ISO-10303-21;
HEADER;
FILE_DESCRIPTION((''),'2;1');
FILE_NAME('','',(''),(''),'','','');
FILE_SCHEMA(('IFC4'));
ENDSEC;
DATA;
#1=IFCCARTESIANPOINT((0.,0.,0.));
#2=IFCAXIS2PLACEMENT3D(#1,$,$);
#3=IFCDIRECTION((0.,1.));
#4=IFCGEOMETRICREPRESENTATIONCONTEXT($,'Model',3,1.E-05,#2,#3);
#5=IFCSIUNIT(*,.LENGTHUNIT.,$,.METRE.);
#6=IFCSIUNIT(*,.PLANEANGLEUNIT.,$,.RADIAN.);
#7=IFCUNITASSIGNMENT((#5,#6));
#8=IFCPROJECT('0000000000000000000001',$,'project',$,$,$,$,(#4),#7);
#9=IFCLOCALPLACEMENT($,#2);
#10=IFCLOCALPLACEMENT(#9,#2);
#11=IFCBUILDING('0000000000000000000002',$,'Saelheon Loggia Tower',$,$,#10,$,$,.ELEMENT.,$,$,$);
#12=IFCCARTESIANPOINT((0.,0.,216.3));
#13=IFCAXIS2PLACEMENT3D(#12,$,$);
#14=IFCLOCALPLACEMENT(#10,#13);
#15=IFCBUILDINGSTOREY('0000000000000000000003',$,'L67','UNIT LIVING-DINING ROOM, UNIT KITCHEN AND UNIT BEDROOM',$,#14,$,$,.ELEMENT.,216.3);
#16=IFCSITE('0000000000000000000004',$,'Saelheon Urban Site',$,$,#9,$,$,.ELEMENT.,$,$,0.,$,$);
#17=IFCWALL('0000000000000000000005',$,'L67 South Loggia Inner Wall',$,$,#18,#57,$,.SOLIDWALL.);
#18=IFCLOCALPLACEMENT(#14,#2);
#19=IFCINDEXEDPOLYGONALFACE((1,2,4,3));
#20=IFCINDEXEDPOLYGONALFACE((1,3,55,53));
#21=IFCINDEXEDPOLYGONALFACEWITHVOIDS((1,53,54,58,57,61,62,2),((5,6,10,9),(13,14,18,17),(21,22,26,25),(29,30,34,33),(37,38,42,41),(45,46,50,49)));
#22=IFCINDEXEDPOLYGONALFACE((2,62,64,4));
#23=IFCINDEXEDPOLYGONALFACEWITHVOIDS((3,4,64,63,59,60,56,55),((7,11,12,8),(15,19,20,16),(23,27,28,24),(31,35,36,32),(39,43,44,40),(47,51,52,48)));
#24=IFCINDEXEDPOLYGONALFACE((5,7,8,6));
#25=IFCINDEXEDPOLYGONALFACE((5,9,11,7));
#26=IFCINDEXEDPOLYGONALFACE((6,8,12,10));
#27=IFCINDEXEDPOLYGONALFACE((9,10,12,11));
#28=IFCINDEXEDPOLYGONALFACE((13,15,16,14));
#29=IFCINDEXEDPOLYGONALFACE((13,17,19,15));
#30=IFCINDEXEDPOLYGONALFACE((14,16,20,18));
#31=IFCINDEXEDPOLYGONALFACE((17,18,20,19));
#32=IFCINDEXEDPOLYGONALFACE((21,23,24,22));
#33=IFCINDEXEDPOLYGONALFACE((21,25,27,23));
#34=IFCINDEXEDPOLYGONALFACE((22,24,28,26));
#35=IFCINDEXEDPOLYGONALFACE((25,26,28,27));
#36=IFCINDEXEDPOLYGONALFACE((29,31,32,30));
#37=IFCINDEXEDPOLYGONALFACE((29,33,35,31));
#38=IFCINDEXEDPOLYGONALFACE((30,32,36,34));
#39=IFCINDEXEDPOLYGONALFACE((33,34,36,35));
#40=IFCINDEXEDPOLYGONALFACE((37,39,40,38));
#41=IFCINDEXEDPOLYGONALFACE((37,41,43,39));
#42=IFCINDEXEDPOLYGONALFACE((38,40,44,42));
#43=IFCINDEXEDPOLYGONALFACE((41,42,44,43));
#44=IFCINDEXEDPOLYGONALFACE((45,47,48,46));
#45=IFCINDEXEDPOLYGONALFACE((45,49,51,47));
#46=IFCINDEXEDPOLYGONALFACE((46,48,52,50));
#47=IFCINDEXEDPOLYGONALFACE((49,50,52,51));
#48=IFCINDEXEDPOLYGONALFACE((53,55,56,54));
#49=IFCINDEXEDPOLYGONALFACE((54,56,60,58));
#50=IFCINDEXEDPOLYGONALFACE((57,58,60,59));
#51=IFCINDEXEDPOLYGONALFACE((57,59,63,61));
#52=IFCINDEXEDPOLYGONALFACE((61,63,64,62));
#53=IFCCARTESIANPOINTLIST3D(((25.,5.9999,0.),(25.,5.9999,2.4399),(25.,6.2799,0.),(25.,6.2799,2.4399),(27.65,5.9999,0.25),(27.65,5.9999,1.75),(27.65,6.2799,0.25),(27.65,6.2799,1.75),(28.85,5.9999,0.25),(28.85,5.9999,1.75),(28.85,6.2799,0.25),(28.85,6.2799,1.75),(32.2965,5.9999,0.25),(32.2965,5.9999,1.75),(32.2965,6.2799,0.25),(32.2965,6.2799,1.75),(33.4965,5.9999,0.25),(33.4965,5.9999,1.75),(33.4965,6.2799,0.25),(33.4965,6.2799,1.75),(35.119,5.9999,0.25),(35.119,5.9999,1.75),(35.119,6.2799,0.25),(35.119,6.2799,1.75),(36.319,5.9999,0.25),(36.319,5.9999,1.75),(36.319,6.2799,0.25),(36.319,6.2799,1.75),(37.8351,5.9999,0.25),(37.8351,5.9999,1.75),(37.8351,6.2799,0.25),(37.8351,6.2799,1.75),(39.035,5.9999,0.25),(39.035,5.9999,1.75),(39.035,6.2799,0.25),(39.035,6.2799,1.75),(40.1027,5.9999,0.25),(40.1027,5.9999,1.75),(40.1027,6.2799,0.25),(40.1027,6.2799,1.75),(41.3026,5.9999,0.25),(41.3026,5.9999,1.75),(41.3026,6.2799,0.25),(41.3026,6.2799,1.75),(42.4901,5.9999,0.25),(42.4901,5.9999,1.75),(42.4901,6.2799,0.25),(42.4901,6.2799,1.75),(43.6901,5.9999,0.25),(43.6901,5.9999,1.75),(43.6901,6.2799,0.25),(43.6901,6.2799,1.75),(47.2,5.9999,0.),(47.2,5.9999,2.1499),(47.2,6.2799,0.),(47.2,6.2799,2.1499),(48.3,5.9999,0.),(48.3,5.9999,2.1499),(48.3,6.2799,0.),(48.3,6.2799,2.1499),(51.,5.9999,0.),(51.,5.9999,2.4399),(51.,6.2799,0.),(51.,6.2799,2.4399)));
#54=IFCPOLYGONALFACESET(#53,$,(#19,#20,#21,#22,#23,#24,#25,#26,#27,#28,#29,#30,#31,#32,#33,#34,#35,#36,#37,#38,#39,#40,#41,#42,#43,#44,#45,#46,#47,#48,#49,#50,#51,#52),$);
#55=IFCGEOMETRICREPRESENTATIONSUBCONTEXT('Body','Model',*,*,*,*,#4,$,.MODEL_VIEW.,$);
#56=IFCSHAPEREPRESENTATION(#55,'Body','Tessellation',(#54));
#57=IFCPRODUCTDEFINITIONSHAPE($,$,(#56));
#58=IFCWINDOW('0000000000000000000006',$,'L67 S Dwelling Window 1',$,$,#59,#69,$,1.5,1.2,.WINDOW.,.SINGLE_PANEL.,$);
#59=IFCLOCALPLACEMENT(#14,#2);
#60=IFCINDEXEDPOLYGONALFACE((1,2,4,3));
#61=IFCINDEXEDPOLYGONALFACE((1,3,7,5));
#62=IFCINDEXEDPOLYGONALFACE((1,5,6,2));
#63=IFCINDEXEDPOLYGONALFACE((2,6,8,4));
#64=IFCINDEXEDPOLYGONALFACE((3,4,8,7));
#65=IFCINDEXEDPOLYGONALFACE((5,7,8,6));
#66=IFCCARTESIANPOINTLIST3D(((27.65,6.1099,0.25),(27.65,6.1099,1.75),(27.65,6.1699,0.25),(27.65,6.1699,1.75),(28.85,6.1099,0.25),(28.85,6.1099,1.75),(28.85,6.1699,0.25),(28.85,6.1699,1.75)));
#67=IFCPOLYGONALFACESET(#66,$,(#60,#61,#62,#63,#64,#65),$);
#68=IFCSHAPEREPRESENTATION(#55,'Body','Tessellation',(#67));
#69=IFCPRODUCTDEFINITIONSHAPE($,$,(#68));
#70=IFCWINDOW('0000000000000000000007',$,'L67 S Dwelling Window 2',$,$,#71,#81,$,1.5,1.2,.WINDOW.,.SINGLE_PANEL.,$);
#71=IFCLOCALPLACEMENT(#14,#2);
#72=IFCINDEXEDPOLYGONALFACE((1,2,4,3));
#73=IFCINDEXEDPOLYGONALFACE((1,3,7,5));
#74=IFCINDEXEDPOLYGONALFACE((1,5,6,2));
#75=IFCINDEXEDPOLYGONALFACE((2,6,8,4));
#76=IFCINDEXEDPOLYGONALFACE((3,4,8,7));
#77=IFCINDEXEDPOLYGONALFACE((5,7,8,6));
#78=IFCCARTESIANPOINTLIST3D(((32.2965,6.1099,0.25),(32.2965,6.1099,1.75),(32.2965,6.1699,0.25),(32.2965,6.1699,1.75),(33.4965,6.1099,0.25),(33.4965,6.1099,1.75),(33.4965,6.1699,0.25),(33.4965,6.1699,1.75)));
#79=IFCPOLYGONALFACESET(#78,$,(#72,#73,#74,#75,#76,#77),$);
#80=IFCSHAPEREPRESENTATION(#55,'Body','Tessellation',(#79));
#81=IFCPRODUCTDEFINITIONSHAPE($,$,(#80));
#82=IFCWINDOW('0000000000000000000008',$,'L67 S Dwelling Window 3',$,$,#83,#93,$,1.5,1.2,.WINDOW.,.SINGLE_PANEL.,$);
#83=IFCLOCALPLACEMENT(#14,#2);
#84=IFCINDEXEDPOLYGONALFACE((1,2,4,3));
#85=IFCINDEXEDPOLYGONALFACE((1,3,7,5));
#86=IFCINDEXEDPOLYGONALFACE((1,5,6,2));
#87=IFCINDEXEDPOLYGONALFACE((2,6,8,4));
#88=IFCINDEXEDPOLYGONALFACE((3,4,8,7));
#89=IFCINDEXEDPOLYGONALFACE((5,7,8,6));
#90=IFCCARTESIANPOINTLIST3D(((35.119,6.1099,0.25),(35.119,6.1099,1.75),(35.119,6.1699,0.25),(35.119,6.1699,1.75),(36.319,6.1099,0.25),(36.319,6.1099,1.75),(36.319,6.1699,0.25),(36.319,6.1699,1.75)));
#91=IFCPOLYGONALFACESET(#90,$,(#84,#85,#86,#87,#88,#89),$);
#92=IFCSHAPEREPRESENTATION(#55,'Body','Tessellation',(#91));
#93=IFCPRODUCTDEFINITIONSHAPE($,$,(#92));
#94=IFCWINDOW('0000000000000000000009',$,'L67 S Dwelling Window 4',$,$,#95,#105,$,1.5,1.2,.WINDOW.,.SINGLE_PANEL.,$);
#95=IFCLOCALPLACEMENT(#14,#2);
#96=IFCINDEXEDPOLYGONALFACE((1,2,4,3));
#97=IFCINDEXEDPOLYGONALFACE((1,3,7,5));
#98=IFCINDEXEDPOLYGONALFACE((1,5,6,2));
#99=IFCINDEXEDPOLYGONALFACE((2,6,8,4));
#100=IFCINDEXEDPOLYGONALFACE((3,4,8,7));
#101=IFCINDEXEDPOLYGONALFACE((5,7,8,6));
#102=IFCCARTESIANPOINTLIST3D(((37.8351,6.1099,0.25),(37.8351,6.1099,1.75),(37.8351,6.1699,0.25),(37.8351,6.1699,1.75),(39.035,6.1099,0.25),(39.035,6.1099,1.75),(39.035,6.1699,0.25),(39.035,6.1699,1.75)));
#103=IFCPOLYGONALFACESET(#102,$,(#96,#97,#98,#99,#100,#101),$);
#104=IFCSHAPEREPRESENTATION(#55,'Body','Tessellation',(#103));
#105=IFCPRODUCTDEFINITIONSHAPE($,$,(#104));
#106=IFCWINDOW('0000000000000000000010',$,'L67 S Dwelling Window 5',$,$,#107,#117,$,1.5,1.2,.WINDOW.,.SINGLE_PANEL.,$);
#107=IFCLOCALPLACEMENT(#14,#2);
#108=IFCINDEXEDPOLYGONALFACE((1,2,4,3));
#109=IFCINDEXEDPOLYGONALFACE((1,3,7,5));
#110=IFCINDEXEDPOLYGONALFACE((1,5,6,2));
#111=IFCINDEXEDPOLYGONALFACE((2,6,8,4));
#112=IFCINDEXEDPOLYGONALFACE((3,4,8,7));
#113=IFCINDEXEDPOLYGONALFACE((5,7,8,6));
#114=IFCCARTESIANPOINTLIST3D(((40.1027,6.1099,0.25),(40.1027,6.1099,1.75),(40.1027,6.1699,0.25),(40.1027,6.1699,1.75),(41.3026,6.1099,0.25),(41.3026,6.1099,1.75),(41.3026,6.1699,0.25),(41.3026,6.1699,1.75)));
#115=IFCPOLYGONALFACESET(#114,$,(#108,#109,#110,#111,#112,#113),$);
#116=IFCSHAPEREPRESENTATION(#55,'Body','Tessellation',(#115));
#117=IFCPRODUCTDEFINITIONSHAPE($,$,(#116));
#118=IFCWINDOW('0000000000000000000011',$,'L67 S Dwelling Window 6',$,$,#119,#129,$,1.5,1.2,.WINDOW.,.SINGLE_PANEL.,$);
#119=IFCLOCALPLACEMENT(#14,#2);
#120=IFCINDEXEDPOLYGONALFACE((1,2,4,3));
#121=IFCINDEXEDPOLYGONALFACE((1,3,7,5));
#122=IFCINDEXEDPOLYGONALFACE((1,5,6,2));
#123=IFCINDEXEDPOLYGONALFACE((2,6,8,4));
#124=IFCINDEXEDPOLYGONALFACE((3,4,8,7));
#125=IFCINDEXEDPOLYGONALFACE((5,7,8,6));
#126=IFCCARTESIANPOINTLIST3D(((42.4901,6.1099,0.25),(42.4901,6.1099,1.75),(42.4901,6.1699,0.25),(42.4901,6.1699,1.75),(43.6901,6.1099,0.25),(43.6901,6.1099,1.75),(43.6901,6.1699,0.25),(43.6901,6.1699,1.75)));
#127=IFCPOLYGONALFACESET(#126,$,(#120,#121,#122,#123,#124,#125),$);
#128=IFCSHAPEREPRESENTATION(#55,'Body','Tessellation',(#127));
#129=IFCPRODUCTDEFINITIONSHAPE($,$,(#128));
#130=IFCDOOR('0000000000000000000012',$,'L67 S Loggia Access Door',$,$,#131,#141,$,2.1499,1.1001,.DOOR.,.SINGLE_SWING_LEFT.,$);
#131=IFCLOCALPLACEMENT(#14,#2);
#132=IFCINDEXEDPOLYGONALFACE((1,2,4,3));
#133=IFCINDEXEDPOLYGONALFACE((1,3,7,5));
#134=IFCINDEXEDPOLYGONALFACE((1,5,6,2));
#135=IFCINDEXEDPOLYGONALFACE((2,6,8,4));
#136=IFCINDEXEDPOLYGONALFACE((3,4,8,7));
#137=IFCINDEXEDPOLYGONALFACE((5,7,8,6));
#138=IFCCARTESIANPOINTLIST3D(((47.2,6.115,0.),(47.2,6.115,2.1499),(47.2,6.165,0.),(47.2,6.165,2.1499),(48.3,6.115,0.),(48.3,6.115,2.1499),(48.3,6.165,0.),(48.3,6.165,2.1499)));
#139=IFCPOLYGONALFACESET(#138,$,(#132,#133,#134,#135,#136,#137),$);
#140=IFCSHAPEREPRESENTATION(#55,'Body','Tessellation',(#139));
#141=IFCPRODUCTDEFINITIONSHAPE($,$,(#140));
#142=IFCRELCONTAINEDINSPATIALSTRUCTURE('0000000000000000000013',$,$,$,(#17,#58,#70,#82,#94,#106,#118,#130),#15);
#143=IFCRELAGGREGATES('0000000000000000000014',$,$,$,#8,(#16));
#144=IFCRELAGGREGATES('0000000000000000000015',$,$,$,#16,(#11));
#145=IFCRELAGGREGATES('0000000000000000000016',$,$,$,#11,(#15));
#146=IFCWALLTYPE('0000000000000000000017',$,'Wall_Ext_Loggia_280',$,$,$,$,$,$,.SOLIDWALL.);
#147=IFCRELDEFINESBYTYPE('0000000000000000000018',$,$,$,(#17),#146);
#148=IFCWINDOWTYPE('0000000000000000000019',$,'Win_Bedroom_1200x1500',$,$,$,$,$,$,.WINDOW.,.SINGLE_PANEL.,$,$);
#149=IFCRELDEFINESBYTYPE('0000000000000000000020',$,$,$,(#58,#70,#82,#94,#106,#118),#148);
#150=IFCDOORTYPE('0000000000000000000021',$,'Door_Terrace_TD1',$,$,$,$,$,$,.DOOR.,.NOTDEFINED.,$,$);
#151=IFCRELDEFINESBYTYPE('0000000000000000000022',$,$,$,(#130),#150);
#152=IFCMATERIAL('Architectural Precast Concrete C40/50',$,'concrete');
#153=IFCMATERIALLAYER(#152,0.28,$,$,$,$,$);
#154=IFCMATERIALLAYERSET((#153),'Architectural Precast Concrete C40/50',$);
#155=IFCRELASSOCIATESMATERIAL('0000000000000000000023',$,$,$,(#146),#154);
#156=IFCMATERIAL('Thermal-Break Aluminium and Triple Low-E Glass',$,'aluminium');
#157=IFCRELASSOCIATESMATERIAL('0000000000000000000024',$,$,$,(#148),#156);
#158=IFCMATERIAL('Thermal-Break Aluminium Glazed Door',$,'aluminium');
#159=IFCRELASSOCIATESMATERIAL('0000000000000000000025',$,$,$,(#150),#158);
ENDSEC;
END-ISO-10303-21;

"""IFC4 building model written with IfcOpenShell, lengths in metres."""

from ifc_helpers import new_model, si_unit, direction, frame, frame_2d, origin, place, context, subcontext, project, spatial, rectangle, extrude, source, transform, mapped, material, layer, layer_set, type_object, element, fill, save


model = new_model("IFC4")

# Units and contexts
model_context = context("Model", 3, precision=1e-05, world=origin(), true_north=direction((0.0, 1.0)))
body_context = subcontext(model_context, "Body", "Model", "MODEL_VIEW")
ifc_project = project(units=[si_unit("LENGTHUNIT", "METRE"), si_unit("PLANEANGLEUNIT", "RADIAN")], contexts=[model_context])

# Site, building, storey
site_placement = place(None, origin())
site = spatial("IfcSite", under=ifc_project, at=site_placement, Name="Saelheon Urban Site", CompositionType="ELEMENT", RefElevation=0.0)
building_placement = place(site_placement, origin())
building = spatial("IfcBuilding", under=site, at=building_placement, Name="Saelheon Loggia Tower", CompositionType="ELEMENT")
storey_placement = place(building_placement, frame((0.0, 0.0, 216.3)))
storey = spatial("IfcBuildingStorey", under=building, at=storey_placement, Name="L67", Description="UNIT LIVING-DINING ROOM, UNIT KITCHEN AND UNIT BEDROOM", CompositionType="ELEMENT", Elevation=216.3)

# Wall, openings, windows, door
ifc_material_1 = material(Name="Architectural Precast Concrete C40/50", Category="concrete")
ifc_layer_1 = layer(ifc_material_1, 0.28)
ifc_layer_set_1 = layer_set([ifc_layer_1], Name="Architectural Precast Concrete C40/50")
wall_type = type_object("IfcWallType", Name="Wall_Ext_Loggia_280", PredefinedType="SOLIDWALL", material=ifc_layer_set_1)
wall_placement = place(storey_placement, frame((25.0, 6.1399, 0.0), z_axis=(0.0, 0.0, 1.0), x_axis=(1.0, 0.0, 0.0)))
wall = element("IfcWall", 1, at=wall_placement, inside=storey, type_object=wall_type, Name="L67 South Loggia Inner Wall", PredefinedType="SOLIDWALL", context=body_context, shape_type="SweptSolid", body=[
    extrude(rectangle(XDim=26.0, YDim=0.28, at=frame_2d((13.0, 0.0))), origin(), (0.0, 0.0, 1.0), 2.4399),
])
opening_1_placement = place(wall_placement, frame((2.6499, 0.0, 0.25)))
opening_1 = element("IfcOpeningElement", 2, at=opening_1_placement, cuts=wall, PredefinedType="OPENING", context=body_context, shape_type="SweptSolid", body=[
    extrude(rectangle(XDim=1.2, YDim=1.5, at=frame_2d((0.6001, 0.75))), frame((0.0, 0.1521, 0.0), z_axis=(0.0, -1.0, 0.0), x_axis=(1.0, 0.0, 0.0)), (0.0, 0.0, 1.0), 0.304),
])
opening_2_placement = place(wall_placement, frame((7.2964, 0.0, 0.25)))
opening_2 = element("IfcOpeningElement", 3, at=opening_2_placement, cuts=wall, PredefinedType="OPENING", context=body_context, shape_type="SweptSolid", body=[
    extrude(rectangle(XDim=1.2, YDim=1.5, at=frame_2d((0.6001, 0.75))), frame((0.0, 0.1521, 0.0), z_axis=(0.0, -1.0, 0.0), x_axis=(1.0, 0.0, 0.0)), (0.0, 0.0, 1.0), 0.304),
])
opening_3_placement = place(wall_placement, frame((10.1189, 0.0, 0.25)))
opening_3 = element("IfcOpeningElement", 4, at=opening_3_placement, cuts=wall, PredefinedType="OPENING", context=body_context, shape_type="SweptSolid", body=[
    extrude(rectangle(XDim=1.2, YDim=1.5, at=frame_2d((0.6001, 0.75))), frame((0.0, 0.1521, 0.0), z_axis=(0.0, -1.0, 0.0), x_axis=(1.0, 0.0, 0.0)), (0.0, 0.0, 1.0), 0.304),
])
opening_4_placement = place(wall_placement, frame((12.835, 0.0, 0.25)))
opening_4 = element("IfcOpeningElement", 5, at=opening_4_placement, cuts=wall, PredefinedType="OPENING", context=body_context, shape_type="SweptSolid", body=[
    extrude(rectangle(XDim=1.2, YDim=1.5, at=frame_2d((0.6001, 0.75))), frame((0.0, 0.1521, 0.0), z_axis=(0.0, -1.0, 0.0), x_axis=(1.0, 0.0, 0.0)), (0.0, 0.0, 1.0), 0.304),
])
opening_5_placement = place(wall_placement, frame((15.1025, 0.0, 0.25)))
opening_5 = element("IfcOpeningElement", 6, at=opening_5_placement, cuts=wall, PredefinedType="OPENING", context=body_context, shape_type="SweptSolid", body=[
    extrude(rectangle(XDim=1.2, YDim=1.5, at=frame_2d((0.6001, 0.75))), frame((0.0, 0.1521, 0.0), z_axis=(0.0, -1.0, 0.0), x_axis=(1.0, 0.0, 0.0)), (0.0, 0.0, 1.0), 0.304),
])
opening_6_placement = place(wall_placement, frame((17.49, 0.0, 0.25)))
opening_6 = element("IfcOpeningElement", 7, at=opening_6_placement, cuts=wall, PredefinedType="OPENING", context=body_context, shape_type="SweptSolid", body=[
    extrude(rectangle(XDim=1.2, YDim=1.5, at=frame_2d((0.6001, 0.75))), frame((0.0, 0.1521, 0.0), z_axis=(0.0, -1.0, 0.0), x_axis=(1.0, 0.0, 0.0)), (0.0, 0.0, 1.0), 0.304),
])
opening_7_placement = place(wall_placement, frame((23.3, 0.0, 0.0), z_axis=(0.0, 0.0, 1.0), x_axis=(-1.0, 0.0, 0.0)))
opening_7 = element("IfcOpeningElement", 8, at=opening_7_placement, cuts=wall, PredefinedType="OPENING", context=body_context, shape_type="SweptSolid", body=[
    extrude(rectangle(XDim=1.1001, YDim=2.1499, at=frame_2d((0.55, 1.075))), frame((0.0, 0.1521, 0.0), z_axis=(0.0, -1.0, 0.0), x_axis=(1.0, 0.0, 0.0)), (0.0, 0.0, 1.0), 0.304),
])
ifc_material_2 = material(Name="Thermal-Break Aluminium and Triple Low-E Glass", Category="aluminium")
window_type = type_object("IfcWindowType", Name="Win_Bedroom_1200x1500", PartitioningType="SINGLE_PANEL", PredefinedType="WINDOW", material=ifc_material_2)
shared_shape_1 = source(origin(), body_context, "Body", "SweptSolid", [
    extrude(rectangle(XDim=1.2, YDim=1.5, at=frame_2d((0.6001, 0.75))), frame((0.0, 0.03, 0.0), z_axis=(0.0, -1.0, 0.0), x_axis=(1.0, 0.0, 0.0)), (0.0, 0.0, 1.0), 0.0601),
])
window_1_placement = place(opening_1_placement, origin())
window_1 = element("IfcWindow", 9, at=window_1_placement, inside=storey, type_object=window_type, Name="L67 S Dwelling Window 1", OverallHeight=1.5, OverallWidth=1.2, PartitioningType="SINGLE_PANEL", PredefinedType="WINDOW", context=body_context, shape_type="MappedRepresentation", body=[
    mapped(shared_shape_1, transform((0.0, 0.0, 0.0), scale=1.0)),
])
fill(opening_1, window_1)
window_2_placement = place(opening_2_placement, origin())
window_2 = element("IfcWindow", 10, at=window_2_placement, inside=storey, type_object=window_type, Name="L67 S Dwelling Window 2", OverallHeight=1.5, OverallWidth=1.2, PartitioningType="SINGLE_PANEL", PredefinedType="WINDOW", context=body_context, shape_type="MappedRepresentation", body=[
    mapped(shared_shape_1, transform((0.0, 0.0, 0.0), scale=1.0)),
])
fill(opening_2, window_2)
window_3_placement = place(opening_3_placement, origin())
window_3 = element("IfcWindow", 11, at=window_3_placement, inside=storey, type_object=window_type, Name="L67 S Dwelling Window 3", OverallHeight=1.5, OverallWidth=1.2, PartitioningType="SINGLE_PANEL", PredefinedType="WINDOW", context=body_context, shape_type="MappedRepresentation", body=[
    mapped(shared_shape_1, transform((0.0, 0.0, 0.0), scale=1.0)),
])
fill(opening_3, window_3)
window_4_placement = place(opening_4_placement, origin())
window_4 = element("IfcWindow", 12, at=window_4_placement, inside=storey, type_object=window_type, Name="L67 S Dwelling Window 4", OverallHeight=1.5, OverallWidth=1.2, PartitioningType="SINGLE_PANEL", PredefinedType="WINDOW", context=body_context, shape_type="MappedRepresentation", body=[
    mapped(shared_shape_1, transform((0.0, 0.0, 0.0), scale=1.0)),
])
fill(opening_4, window_4)
window_5_placement = place(opening_5_placement, origin())
window_5 = element("IfcWindow", 13, at=window_5_placement, inside=storey, type_object=window_type, Name="L67 S Dwelling Window 5", OverallHeight=1.5, OverallWidth=1.2, PartitioningType="SINGLE_PANEL", PredefinedType="WINDOW", context=body_context, shape_type="MappedRepresentation", body=[
    mapped(shared_shape_1, transform((0.0, 0.0, 0.0), scale=1.0)),
])
fill(opening_5, window_5)
window_6_placement = place(opening_6_placement, origin())
window_6 = element("IfcWindow", 14, at=window_6_placement, inside=storey, type_object=window_type, Name="L67 S Dwelling Window 6", OverallHeight=1.5, OverallWidth=1.2, PartitioningType="SINGLE_PANEL", PredefinedType="WINDOW", context=body_context, shape_type="MappedRepresentation", body=[
    mapped(shared_shape_1, transform((0.0, 0.0, 0.0), scale=1.0)),
])
fill(opening_6, window_6)
ifc_material_3 = material(Name="Thermal-Break Aluminium Glazed Door", Category="aluminium")
door_type = type_object("IfcDoorType", Name="Door_Terrace_TD1", OperationType="NOTDEFINED", PredefinedType="DOOR", material=ifc_material_3)
shared_shape_2 = source(origin(), body_context, "Body", "SweptSolid", [
    extrude(rectangle(XDim=1.1001, YDim=2.1499, at=frame_2d((0.55, 1.075))), frame((0.0, 0.0249, 0.0), z_axis=(0.0, -1.0, 0.0), x_axis=(1.0, 0.0, 0.0)), (0.0, 0.0, 1.0), 0.05),
])
door_placement = place(opening_7_placement, origin())
door = element("IfcDoor", 15, at=door_placement, inside=storey, type_object=door_type, Name="L67 S Loggia Access Door", OperationType="SINGLE_SWING_LEFT", OverallHeight=2.1499, OverallWidth=1.1001, PredefinedType="DOOR", context=body_context, shape_type="MappedRepresentation", body=[
    mapped(shared_shape_2, transform((0.0, 0.0, 0.0), scale=1.0)),
])
fill(opening_7, door)

save(model, "model.ifc")
